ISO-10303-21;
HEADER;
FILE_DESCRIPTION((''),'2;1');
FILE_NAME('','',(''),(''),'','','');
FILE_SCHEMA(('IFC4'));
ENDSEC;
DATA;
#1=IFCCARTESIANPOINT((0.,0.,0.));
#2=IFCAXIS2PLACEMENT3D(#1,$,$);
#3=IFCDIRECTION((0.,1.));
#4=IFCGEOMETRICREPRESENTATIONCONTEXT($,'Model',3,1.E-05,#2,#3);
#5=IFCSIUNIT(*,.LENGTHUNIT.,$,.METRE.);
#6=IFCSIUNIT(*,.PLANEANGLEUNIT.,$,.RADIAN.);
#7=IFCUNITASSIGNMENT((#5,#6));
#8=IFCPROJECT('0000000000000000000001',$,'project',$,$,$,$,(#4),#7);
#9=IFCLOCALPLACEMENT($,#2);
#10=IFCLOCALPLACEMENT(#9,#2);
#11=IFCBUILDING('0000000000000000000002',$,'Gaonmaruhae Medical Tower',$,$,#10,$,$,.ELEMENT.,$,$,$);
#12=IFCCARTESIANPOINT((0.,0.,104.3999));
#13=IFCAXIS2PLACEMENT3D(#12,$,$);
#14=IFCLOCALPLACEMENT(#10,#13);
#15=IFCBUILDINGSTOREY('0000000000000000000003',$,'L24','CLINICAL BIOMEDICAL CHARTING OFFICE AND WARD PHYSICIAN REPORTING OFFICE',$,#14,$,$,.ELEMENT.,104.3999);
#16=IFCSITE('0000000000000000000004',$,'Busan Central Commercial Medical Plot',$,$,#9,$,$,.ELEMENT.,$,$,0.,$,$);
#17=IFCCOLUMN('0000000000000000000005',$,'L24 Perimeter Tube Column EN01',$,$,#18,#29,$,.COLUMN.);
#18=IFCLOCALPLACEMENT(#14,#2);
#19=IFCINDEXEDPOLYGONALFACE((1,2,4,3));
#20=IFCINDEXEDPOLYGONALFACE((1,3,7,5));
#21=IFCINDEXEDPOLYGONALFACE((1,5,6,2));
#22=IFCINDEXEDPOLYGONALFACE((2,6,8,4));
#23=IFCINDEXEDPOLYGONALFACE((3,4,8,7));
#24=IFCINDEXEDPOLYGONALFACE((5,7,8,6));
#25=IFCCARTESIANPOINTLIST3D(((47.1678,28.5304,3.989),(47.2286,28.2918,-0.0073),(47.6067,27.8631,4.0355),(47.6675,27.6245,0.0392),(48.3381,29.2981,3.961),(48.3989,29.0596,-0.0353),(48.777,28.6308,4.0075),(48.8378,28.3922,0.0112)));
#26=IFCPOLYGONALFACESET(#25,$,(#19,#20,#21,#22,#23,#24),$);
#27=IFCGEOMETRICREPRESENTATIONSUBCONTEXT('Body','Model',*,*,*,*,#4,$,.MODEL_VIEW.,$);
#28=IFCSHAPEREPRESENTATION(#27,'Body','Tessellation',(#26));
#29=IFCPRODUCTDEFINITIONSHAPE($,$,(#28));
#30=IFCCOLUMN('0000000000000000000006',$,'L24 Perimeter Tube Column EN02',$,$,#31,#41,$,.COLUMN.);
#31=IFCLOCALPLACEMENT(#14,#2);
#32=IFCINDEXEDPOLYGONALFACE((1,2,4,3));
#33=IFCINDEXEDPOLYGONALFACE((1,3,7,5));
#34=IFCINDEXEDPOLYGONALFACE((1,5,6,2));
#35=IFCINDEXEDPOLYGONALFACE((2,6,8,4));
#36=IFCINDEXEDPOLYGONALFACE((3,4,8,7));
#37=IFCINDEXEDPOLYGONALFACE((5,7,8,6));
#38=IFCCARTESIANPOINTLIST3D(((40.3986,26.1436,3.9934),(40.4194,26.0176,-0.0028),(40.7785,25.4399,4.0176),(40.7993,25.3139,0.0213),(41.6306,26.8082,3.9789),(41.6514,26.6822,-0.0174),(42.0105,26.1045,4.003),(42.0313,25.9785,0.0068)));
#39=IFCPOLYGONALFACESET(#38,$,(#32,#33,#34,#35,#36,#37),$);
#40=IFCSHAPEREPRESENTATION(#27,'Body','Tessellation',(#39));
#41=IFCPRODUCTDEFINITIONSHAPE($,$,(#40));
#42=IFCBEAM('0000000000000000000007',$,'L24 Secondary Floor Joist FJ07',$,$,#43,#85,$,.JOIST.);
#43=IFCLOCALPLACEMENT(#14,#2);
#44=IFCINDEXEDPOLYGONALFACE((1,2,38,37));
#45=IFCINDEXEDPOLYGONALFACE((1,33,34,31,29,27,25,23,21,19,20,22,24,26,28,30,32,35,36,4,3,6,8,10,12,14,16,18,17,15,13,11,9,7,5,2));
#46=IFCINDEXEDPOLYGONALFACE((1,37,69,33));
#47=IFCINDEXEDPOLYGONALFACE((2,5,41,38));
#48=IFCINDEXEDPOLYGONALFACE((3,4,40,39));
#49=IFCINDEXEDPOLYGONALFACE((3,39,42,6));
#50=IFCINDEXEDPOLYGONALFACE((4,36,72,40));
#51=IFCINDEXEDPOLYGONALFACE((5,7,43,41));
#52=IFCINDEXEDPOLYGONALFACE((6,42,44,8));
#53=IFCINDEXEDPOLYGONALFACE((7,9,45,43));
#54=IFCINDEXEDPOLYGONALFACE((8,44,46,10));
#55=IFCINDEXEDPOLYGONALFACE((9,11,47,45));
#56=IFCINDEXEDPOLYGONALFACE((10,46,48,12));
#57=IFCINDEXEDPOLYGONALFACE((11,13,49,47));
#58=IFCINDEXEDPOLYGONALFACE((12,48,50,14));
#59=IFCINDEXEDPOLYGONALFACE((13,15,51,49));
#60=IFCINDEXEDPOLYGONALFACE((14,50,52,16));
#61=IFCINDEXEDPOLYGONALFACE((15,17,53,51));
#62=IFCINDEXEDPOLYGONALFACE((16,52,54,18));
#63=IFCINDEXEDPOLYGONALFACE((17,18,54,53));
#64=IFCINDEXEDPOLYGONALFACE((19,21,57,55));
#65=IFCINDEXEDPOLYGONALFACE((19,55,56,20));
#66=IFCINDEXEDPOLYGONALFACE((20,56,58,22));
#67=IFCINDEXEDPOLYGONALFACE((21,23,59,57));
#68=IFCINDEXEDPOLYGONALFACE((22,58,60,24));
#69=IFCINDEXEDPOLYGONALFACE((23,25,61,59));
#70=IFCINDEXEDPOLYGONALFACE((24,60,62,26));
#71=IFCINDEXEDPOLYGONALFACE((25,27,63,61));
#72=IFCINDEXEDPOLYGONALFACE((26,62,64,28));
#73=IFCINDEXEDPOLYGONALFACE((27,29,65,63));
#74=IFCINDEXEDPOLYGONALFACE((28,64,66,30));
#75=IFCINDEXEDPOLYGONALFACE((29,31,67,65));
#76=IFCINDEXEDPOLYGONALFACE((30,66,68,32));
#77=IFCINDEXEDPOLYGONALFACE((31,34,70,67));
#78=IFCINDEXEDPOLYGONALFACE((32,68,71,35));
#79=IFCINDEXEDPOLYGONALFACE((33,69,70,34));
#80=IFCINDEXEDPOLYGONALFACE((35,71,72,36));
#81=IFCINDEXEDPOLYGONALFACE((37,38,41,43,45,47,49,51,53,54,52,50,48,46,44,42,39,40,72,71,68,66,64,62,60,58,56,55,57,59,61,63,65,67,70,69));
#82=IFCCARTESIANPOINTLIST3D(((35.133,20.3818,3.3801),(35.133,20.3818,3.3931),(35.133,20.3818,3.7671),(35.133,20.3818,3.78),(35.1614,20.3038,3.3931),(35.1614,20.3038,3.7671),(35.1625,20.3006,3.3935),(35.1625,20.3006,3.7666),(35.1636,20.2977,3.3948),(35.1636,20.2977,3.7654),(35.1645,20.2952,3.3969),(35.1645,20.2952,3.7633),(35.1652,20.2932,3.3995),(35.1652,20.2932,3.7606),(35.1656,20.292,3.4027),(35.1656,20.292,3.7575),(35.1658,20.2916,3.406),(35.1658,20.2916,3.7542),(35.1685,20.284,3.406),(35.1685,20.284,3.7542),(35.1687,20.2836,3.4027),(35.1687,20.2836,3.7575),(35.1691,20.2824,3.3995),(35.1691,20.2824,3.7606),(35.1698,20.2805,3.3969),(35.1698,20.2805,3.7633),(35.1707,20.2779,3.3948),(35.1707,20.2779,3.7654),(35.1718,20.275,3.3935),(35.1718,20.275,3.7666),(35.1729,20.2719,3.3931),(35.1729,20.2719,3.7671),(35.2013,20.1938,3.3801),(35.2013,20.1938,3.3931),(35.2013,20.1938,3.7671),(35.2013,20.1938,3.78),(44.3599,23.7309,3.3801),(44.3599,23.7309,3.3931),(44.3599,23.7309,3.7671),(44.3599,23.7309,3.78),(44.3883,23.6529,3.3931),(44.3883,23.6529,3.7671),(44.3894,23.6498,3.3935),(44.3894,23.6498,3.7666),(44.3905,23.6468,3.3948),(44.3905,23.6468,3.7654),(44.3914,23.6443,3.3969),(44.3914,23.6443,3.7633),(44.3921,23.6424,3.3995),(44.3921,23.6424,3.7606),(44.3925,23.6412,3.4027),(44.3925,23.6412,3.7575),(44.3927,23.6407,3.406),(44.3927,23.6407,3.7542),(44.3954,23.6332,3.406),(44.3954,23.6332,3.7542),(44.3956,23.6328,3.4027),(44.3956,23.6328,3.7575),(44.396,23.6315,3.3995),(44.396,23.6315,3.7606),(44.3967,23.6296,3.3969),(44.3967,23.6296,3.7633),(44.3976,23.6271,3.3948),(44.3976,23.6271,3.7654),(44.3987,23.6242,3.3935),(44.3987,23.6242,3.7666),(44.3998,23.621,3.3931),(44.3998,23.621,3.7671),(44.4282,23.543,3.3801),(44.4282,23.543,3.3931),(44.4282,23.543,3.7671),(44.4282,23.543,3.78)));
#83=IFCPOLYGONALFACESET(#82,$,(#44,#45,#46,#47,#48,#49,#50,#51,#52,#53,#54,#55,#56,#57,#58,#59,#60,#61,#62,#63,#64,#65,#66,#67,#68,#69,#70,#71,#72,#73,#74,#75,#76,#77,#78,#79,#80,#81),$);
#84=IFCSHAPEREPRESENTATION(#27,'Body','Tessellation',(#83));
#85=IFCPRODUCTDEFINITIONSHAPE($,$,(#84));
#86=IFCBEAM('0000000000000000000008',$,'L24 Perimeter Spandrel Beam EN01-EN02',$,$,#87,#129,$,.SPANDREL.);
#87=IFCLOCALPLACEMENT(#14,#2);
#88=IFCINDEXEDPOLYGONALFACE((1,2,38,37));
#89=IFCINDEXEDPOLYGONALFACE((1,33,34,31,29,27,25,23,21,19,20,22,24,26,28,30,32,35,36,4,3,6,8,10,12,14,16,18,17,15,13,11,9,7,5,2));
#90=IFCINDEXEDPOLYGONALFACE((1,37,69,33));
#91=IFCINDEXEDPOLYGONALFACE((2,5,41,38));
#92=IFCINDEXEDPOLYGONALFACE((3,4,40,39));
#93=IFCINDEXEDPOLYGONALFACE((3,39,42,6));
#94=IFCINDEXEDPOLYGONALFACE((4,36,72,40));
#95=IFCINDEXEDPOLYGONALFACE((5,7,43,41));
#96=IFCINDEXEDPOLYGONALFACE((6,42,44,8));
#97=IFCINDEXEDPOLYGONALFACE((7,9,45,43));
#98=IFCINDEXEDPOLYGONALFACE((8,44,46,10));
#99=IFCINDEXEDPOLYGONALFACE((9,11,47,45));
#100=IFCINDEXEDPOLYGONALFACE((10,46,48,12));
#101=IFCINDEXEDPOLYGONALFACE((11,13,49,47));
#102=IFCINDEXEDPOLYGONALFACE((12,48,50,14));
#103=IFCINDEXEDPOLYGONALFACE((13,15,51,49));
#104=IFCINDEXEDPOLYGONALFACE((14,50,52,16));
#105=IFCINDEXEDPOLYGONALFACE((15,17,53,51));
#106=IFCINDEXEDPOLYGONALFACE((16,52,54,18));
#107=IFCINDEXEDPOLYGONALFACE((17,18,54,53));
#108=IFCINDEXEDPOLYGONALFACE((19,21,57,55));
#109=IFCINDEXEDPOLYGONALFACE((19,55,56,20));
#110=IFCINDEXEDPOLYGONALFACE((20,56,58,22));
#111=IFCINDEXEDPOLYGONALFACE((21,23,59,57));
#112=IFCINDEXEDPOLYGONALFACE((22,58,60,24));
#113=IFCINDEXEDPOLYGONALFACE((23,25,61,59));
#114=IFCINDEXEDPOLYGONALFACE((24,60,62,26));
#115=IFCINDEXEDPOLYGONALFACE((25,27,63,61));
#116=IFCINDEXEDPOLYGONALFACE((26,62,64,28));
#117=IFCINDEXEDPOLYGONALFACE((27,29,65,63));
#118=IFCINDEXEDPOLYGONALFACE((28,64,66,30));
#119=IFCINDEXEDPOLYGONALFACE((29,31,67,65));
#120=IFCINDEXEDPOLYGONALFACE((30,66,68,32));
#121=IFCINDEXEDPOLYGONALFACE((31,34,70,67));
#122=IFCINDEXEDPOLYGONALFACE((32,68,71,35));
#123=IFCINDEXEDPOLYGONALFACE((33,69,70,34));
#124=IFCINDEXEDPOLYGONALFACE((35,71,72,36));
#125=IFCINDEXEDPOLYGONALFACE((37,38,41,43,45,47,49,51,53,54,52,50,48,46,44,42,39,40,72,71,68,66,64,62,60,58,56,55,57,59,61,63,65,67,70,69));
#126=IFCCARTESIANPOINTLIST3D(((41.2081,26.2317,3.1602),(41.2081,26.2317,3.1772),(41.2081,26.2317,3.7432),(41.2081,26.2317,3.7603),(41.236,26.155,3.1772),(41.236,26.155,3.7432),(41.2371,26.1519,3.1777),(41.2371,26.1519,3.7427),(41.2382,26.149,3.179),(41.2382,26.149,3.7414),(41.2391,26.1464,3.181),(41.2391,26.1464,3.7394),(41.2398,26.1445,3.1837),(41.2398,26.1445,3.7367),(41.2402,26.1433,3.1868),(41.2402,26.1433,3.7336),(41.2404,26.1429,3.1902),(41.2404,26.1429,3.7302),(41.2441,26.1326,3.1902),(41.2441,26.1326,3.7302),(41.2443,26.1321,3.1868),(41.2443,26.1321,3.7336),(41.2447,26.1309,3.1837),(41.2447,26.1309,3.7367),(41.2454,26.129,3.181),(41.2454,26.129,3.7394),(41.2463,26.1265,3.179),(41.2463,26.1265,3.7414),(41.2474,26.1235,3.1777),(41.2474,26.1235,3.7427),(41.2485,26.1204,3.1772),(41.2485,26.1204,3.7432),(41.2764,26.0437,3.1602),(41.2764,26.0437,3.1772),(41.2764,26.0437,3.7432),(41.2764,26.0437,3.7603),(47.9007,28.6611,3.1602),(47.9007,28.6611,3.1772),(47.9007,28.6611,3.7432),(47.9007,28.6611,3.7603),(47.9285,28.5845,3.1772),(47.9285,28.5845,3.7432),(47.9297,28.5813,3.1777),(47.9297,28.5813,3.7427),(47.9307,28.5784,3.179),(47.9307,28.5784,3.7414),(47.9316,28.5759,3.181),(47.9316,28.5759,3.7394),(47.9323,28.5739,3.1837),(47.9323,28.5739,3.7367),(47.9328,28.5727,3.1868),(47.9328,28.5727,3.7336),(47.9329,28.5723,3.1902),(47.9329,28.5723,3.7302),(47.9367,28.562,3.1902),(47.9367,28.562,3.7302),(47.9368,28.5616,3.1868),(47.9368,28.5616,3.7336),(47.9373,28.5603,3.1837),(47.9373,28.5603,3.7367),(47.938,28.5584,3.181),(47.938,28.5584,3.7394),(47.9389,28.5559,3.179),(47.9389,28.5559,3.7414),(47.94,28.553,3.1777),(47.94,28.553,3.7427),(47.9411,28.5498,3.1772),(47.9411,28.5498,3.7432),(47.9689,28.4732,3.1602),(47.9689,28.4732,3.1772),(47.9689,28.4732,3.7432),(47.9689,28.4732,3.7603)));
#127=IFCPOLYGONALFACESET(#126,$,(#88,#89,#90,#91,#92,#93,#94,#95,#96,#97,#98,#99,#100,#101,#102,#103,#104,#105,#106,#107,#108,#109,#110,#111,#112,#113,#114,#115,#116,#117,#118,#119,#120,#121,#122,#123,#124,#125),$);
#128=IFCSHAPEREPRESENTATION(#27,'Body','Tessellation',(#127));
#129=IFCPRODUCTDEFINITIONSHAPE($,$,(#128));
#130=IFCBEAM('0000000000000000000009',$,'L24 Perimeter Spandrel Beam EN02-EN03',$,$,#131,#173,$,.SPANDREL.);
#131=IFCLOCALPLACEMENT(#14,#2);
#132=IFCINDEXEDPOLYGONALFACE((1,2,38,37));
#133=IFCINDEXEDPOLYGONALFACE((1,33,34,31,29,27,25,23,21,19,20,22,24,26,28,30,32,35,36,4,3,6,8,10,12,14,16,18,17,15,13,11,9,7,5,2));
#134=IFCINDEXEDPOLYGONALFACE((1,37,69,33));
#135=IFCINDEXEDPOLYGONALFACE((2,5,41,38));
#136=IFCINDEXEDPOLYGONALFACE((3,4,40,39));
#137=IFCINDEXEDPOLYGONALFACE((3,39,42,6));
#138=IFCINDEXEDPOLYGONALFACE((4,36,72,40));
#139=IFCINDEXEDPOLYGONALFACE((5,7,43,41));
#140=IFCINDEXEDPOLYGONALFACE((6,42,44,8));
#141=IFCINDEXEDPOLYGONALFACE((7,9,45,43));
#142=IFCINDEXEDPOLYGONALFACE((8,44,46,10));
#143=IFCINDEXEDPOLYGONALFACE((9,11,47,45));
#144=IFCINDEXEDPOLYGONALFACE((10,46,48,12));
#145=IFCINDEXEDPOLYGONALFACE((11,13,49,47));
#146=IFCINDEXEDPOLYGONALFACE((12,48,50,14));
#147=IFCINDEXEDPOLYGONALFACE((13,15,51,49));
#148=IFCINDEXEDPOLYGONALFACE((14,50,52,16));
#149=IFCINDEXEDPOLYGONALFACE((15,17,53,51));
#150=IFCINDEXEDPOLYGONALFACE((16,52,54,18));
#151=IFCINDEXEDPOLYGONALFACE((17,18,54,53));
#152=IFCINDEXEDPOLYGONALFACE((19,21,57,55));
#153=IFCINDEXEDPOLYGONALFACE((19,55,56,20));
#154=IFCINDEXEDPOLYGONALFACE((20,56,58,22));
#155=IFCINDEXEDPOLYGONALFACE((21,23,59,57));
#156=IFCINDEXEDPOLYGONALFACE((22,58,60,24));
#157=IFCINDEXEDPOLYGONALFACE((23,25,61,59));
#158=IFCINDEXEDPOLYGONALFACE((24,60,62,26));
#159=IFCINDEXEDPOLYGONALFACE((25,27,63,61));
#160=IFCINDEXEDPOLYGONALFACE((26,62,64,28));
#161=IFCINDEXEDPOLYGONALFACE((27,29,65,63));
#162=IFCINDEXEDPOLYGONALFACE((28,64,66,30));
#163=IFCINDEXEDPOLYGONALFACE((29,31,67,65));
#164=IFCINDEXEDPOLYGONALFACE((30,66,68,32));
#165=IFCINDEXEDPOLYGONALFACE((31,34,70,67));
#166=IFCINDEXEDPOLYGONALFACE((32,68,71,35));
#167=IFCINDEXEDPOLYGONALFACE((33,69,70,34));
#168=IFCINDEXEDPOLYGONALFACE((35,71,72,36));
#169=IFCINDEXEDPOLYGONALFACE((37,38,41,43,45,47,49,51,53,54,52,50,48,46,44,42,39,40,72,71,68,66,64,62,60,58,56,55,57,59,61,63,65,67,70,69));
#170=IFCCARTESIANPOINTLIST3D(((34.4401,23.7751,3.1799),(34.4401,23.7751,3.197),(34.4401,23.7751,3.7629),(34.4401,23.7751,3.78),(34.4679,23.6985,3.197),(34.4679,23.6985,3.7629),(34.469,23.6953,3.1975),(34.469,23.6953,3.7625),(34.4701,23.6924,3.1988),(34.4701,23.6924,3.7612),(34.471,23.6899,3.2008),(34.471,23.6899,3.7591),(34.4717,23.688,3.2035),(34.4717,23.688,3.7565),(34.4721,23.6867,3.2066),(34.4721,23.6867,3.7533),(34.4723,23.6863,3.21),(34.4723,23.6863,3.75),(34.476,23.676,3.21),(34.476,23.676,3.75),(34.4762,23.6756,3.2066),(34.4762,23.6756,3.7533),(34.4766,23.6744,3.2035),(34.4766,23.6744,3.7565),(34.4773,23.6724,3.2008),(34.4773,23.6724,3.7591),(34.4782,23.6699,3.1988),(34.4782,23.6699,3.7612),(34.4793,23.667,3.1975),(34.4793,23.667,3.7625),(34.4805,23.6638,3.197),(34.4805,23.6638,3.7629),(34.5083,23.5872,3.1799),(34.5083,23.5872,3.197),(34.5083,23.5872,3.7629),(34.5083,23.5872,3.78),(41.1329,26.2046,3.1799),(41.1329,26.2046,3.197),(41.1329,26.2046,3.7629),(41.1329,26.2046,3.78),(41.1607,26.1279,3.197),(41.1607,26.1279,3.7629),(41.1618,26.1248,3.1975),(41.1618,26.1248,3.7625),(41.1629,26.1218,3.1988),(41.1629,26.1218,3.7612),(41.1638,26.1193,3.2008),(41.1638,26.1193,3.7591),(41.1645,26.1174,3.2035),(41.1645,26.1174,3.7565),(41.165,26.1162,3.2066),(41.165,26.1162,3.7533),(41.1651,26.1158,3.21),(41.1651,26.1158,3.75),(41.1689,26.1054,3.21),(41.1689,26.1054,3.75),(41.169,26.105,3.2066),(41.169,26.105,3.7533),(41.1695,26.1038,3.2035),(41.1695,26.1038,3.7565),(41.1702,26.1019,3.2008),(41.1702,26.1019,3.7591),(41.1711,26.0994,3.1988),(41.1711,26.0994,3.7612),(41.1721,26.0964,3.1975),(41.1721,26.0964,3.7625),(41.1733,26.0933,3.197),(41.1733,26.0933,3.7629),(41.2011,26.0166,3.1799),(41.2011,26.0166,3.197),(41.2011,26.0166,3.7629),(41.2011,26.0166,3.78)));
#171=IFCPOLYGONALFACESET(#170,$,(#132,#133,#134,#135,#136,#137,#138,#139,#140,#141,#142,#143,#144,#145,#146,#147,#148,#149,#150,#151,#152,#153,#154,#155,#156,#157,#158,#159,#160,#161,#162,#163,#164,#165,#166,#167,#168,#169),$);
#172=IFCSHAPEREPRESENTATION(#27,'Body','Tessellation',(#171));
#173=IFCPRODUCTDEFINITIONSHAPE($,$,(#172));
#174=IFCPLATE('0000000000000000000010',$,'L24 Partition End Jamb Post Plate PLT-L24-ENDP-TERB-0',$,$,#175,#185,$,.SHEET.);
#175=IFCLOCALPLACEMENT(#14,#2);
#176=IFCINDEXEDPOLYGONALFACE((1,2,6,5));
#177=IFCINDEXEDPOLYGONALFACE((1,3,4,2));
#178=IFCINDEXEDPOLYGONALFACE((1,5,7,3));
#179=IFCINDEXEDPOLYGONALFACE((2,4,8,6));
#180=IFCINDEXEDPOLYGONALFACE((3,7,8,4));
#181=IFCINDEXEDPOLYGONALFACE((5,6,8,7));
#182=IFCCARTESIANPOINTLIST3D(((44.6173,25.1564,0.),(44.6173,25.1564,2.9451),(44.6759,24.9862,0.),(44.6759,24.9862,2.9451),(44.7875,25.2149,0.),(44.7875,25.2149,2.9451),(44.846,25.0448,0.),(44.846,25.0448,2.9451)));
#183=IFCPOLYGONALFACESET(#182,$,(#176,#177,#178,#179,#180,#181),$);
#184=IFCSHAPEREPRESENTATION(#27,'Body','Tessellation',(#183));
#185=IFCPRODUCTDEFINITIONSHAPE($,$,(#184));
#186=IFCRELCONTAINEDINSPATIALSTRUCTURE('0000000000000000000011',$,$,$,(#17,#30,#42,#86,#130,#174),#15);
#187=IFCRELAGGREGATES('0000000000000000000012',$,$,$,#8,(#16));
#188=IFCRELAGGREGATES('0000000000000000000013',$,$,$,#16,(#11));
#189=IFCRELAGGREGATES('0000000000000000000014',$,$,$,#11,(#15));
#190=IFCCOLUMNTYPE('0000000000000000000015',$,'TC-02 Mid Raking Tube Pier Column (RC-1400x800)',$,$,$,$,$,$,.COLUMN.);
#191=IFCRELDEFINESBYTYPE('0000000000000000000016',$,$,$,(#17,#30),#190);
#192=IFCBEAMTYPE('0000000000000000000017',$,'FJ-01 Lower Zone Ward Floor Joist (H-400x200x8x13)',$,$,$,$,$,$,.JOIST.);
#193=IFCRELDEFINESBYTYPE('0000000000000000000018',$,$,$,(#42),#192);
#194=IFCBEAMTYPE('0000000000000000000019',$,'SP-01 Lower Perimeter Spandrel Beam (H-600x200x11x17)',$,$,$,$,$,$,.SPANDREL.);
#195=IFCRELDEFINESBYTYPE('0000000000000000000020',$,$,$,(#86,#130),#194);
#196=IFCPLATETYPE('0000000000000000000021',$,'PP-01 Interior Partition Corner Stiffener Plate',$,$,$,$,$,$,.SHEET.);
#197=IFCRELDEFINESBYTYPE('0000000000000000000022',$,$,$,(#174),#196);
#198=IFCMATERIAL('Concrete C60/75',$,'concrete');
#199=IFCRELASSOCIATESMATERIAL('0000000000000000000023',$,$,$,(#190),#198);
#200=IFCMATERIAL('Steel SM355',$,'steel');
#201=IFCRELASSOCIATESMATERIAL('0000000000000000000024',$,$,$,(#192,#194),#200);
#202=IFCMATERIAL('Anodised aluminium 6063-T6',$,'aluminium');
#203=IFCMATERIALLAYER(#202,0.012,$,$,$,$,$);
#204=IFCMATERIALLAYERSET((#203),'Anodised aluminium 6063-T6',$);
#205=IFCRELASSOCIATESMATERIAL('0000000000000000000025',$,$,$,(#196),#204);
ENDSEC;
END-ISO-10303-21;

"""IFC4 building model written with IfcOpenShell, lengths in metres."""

from ifc_helpers import new_model, si_unit, direction, frame, origin, origin_2d, place, context, subcontext, project, spatial, rectangle, i_section, extrude, material, layer, layer_set, material_profile, profile_set, type_object, element, save


model = new_model("IFC4")

# Units and contexts
model_context = context("Model", 3, precision=1e-05, world=origin(), true_north=direction((0.0, 1.0)))
body_context = subcontext(model_context, "Body", "Model", "MODEL_VIEW")
ifc_project = project(units=[si_unit("LENGTHUNIT", "METRE"), si_unit("PLANEANGLEUNIT", "RADIAN")], contexts=[model_context])

# Site, building, storey
site_placement = place(None, origin())
site = spatial("IfcSite", under=ifc_project, at=site_placement, Name="Busan Central Commercial Medical Plot", CompositionType="ELEMENT", RefElevation=0.0)
building_placement = place(site_placement, origin())
building = spatial("IfcBuilding", under=site, at=building_placement, Name="Gaonmaruhae Medical Tower", CompositionType="ELEMENT")
storey_placement = place(building_placement, frame((0.0, 0.0, 104.3999)))
storey = spatial("IfcBuildingStorey", under=building, at=storey_placement, Name="L24", Description="CLINICAL BIOMEDICAL CHARTING OFFICE AND WARD PHYSICIAN REPORTING OFFICE", CompositionType="ELEMENT", Elevation=104.3999)

# Columns
ifc_material_1 = material(Name="Concrete C60/75", Category="concrete")
ifc_material_profile_1 = material_profile(ifc_material_1, rectangle(XDim=1.3999, YDim=0.8, at=origin_2d()), Name="RC-1400x800")
ifc_profile_set_1 = profile_set([ifc_material_profile_1], Name="Concrete C60/75")
column_type = type_object("IfcColumnType", Name="TC-02 Mid Raking Tube Pier Column (RC-1400x800)", PredefinedType="COLUMN", material=ifc_profile_set_1)
column_1_placement = place(storey_placement, frame((48.0332, 28.342, 0.002), z_axis=(-0.015183, 0.059573, 0.998108), x_axis=(-0.835977, -0.548399, 0.020015)))
element("IfcColumn", 1, at=column_1_placement, inside=storey, type_object=column_type, Name="L24 Perimeter Tube Column EN01", PredefinedType="COLUMN", context=body_context, shape_type="SweptSolid", body=[
    extrude(rectangle(XDim=1.3999, YDim=0.8, at=origin_2d()), origin(), (0.0, 0.0, 1.0), 4.0039),
])
column_2_placement = place(storey_placement, frame((41.2253, 25.998, 0.002), z_axis=(-0.00519, 0.031507, 0.99949), x_axis=(-0.880055, -0.474758, 0.010396)))
element("IfcColumn", 2, at=column_2_placement, inside=storey, type_object=column_type, Name="L24 Perimeter Tube Column EN02", PredefinedType="COLUMN", context=body_context, shape_type="SweptSolid", body=[
    extrude(rectangle(XDim=1.3999, YDim=0.8, at=origin_2d()), origin(), (0.0, 0.0, 1.0), 3.9983),
])

# Beams
ifc_material_2 = material(Name="Steel SM355", Category="steel")
ifc_material_profile_2 = material_profile(ifc_material_2, i_section(OverallWidth=0.2, OverallDepth=0.3999, WebThickness=0.0081, FlangeThickness=0.0129, FilletRadius=0.0129, at=origin_2d()), Name="H-400x200x8x13")
ifc_profile_set_2 = profile_set([ifc_material_profile_2], Name="Steel SM355")
beam_type_1 = type_object("IfcBeamType", Name="FJ-01 Lower Zone Ward Floor Joist (H-400x200x8x13)", PredefinedType="JOIST", material=ifc_profile_set_2)
beam_1_placement = place(storey_placement, frame((44.394, 23.637, 3.5801), z_axis=(-0.939992, -0.341196, 0.0), x_axis=(0.341196, -0.939992, 0.0)))
element("IfcBeam", 3, at=beam_1_placement, inside=storey, type_object=beam_type_1, Name="L24 Secondary Floor Joist FJ07", PredefinedType="JOIST", context=body_context, shape_type="SweptSolid", body=[
    extrude(i_section(OverallWidth=0.2, OverallDepth=0.3999, WebThickness=0.0081, FlangeThickness=0.0129, FilletRadius=0.0129, at=origin_2d()), origin(), (0.0, 0.0, 1.0), 9.8159),
])
ifc_material_profile_3 = material_profile(ifc_material_2, i_section(OverallWidth=0.2, OverallDepth=0.6001, WebThickness=0.011, FlangeThickness=0.0171, FilletRadius=0.0129, at=origin_2d()), Name="H-600x200x11x17")
ifc_profile_set_3 = profile_set([ifc_material_profile_3], Name="Steel SM355")
beam_type_2 = type_object("IfcBeamType", Name="SP-01 Lower Perimeter Spandrel Beam (H-600x200x11x17)", PredefinedType="SPANDREL", material=ifc_profile_set_3)
beam_2_placement = place(storey_placement, frame((47.9348, 28.5671, 3.4602), z_axis=(-0.939984, -0.341217, 0.0), x_axis=(0.341217, -0.939984, 0.0)))
element("IfcBeam", 4, at=beam_2_placement, inside=storey, type_object=beam_type_2, Name="L24 Perimeter Spandrel Beam EN01-EN02", PredefinedType="SPANDREL", context=body_context, shape_type="SweptSolid", body=[
    extrude(i_section(OverallWidth=0.2, OverallDepth=0.6001, WebThickness=0.011, FlangeThickness=0.0171, FilletRadius=0.0129, at=origin_2d()), origin(), (0.0, 0.0, 1.0), 7.1199),
])
beam_3_placement = place(storey_placement, frame((41.167, 26.1106, 3.48), z_axis=(-0.939988, -0.341206, 0.0), x_axis=(0.341206, -0.939988, 0.0)))
element("IfcBeam", 5, at=beam_3_placement, inside=storey, type_object=beam_type_2, Name="L24 Perimeter Spandrel Beam EN02-EN03", PredefinedType="SPANDREL", context=body_context, shape_type="SweptSolid", body=[
    extrude(i_section(OverallWidth=0.2, OverallDepth=0.6001, WebThickness=0.011, FlangeThickness=0.0171, FilletRadius=0.0129, at=origin_2d()), origin(), (0.0, 0.0, 1.0), 7.1201),
])

# Plate
ifc_material_3 = material(Name="Anodised aluminium 6063-T6", Category="aluminium")
ifc_layer_1 = layer(ifc_material_3, 0.012)
ifc_layer_set_1 = layer_set([ifc_layer_1], Name="Anodised aluminium 6063-T6")
plate_type = type_object("IfcPlateType", Name="PP-01 Interior Partition Corner Stiffener Plate", PredefinedType="SHEET", material=ifc_layer_set_1)
plate_1_placement = place(storey_placement, frame((44.7317, 25.1006, 0.0), z_axis=(0.0, 0.0, 1.0), x_axis=(0.945519, 0.325568, 0.0)))
element("IfcPlate", 6, at=plate_1_placement, inside=storey, type_object=plate_type, Name="L24 Partition End Jamb Post Plate PLT-L24-ENDP-TERB-0", PredefinedType="SHEET", context=body_context, shape_type="SweptSolid", body=[
    extrude(rectangle(XDim=0.1799, YDim=0.1799, at=origin_2d()), origin(), (0.0, 0.0, 1.0), 2.9451),
])

save(model, "model.ifc")
